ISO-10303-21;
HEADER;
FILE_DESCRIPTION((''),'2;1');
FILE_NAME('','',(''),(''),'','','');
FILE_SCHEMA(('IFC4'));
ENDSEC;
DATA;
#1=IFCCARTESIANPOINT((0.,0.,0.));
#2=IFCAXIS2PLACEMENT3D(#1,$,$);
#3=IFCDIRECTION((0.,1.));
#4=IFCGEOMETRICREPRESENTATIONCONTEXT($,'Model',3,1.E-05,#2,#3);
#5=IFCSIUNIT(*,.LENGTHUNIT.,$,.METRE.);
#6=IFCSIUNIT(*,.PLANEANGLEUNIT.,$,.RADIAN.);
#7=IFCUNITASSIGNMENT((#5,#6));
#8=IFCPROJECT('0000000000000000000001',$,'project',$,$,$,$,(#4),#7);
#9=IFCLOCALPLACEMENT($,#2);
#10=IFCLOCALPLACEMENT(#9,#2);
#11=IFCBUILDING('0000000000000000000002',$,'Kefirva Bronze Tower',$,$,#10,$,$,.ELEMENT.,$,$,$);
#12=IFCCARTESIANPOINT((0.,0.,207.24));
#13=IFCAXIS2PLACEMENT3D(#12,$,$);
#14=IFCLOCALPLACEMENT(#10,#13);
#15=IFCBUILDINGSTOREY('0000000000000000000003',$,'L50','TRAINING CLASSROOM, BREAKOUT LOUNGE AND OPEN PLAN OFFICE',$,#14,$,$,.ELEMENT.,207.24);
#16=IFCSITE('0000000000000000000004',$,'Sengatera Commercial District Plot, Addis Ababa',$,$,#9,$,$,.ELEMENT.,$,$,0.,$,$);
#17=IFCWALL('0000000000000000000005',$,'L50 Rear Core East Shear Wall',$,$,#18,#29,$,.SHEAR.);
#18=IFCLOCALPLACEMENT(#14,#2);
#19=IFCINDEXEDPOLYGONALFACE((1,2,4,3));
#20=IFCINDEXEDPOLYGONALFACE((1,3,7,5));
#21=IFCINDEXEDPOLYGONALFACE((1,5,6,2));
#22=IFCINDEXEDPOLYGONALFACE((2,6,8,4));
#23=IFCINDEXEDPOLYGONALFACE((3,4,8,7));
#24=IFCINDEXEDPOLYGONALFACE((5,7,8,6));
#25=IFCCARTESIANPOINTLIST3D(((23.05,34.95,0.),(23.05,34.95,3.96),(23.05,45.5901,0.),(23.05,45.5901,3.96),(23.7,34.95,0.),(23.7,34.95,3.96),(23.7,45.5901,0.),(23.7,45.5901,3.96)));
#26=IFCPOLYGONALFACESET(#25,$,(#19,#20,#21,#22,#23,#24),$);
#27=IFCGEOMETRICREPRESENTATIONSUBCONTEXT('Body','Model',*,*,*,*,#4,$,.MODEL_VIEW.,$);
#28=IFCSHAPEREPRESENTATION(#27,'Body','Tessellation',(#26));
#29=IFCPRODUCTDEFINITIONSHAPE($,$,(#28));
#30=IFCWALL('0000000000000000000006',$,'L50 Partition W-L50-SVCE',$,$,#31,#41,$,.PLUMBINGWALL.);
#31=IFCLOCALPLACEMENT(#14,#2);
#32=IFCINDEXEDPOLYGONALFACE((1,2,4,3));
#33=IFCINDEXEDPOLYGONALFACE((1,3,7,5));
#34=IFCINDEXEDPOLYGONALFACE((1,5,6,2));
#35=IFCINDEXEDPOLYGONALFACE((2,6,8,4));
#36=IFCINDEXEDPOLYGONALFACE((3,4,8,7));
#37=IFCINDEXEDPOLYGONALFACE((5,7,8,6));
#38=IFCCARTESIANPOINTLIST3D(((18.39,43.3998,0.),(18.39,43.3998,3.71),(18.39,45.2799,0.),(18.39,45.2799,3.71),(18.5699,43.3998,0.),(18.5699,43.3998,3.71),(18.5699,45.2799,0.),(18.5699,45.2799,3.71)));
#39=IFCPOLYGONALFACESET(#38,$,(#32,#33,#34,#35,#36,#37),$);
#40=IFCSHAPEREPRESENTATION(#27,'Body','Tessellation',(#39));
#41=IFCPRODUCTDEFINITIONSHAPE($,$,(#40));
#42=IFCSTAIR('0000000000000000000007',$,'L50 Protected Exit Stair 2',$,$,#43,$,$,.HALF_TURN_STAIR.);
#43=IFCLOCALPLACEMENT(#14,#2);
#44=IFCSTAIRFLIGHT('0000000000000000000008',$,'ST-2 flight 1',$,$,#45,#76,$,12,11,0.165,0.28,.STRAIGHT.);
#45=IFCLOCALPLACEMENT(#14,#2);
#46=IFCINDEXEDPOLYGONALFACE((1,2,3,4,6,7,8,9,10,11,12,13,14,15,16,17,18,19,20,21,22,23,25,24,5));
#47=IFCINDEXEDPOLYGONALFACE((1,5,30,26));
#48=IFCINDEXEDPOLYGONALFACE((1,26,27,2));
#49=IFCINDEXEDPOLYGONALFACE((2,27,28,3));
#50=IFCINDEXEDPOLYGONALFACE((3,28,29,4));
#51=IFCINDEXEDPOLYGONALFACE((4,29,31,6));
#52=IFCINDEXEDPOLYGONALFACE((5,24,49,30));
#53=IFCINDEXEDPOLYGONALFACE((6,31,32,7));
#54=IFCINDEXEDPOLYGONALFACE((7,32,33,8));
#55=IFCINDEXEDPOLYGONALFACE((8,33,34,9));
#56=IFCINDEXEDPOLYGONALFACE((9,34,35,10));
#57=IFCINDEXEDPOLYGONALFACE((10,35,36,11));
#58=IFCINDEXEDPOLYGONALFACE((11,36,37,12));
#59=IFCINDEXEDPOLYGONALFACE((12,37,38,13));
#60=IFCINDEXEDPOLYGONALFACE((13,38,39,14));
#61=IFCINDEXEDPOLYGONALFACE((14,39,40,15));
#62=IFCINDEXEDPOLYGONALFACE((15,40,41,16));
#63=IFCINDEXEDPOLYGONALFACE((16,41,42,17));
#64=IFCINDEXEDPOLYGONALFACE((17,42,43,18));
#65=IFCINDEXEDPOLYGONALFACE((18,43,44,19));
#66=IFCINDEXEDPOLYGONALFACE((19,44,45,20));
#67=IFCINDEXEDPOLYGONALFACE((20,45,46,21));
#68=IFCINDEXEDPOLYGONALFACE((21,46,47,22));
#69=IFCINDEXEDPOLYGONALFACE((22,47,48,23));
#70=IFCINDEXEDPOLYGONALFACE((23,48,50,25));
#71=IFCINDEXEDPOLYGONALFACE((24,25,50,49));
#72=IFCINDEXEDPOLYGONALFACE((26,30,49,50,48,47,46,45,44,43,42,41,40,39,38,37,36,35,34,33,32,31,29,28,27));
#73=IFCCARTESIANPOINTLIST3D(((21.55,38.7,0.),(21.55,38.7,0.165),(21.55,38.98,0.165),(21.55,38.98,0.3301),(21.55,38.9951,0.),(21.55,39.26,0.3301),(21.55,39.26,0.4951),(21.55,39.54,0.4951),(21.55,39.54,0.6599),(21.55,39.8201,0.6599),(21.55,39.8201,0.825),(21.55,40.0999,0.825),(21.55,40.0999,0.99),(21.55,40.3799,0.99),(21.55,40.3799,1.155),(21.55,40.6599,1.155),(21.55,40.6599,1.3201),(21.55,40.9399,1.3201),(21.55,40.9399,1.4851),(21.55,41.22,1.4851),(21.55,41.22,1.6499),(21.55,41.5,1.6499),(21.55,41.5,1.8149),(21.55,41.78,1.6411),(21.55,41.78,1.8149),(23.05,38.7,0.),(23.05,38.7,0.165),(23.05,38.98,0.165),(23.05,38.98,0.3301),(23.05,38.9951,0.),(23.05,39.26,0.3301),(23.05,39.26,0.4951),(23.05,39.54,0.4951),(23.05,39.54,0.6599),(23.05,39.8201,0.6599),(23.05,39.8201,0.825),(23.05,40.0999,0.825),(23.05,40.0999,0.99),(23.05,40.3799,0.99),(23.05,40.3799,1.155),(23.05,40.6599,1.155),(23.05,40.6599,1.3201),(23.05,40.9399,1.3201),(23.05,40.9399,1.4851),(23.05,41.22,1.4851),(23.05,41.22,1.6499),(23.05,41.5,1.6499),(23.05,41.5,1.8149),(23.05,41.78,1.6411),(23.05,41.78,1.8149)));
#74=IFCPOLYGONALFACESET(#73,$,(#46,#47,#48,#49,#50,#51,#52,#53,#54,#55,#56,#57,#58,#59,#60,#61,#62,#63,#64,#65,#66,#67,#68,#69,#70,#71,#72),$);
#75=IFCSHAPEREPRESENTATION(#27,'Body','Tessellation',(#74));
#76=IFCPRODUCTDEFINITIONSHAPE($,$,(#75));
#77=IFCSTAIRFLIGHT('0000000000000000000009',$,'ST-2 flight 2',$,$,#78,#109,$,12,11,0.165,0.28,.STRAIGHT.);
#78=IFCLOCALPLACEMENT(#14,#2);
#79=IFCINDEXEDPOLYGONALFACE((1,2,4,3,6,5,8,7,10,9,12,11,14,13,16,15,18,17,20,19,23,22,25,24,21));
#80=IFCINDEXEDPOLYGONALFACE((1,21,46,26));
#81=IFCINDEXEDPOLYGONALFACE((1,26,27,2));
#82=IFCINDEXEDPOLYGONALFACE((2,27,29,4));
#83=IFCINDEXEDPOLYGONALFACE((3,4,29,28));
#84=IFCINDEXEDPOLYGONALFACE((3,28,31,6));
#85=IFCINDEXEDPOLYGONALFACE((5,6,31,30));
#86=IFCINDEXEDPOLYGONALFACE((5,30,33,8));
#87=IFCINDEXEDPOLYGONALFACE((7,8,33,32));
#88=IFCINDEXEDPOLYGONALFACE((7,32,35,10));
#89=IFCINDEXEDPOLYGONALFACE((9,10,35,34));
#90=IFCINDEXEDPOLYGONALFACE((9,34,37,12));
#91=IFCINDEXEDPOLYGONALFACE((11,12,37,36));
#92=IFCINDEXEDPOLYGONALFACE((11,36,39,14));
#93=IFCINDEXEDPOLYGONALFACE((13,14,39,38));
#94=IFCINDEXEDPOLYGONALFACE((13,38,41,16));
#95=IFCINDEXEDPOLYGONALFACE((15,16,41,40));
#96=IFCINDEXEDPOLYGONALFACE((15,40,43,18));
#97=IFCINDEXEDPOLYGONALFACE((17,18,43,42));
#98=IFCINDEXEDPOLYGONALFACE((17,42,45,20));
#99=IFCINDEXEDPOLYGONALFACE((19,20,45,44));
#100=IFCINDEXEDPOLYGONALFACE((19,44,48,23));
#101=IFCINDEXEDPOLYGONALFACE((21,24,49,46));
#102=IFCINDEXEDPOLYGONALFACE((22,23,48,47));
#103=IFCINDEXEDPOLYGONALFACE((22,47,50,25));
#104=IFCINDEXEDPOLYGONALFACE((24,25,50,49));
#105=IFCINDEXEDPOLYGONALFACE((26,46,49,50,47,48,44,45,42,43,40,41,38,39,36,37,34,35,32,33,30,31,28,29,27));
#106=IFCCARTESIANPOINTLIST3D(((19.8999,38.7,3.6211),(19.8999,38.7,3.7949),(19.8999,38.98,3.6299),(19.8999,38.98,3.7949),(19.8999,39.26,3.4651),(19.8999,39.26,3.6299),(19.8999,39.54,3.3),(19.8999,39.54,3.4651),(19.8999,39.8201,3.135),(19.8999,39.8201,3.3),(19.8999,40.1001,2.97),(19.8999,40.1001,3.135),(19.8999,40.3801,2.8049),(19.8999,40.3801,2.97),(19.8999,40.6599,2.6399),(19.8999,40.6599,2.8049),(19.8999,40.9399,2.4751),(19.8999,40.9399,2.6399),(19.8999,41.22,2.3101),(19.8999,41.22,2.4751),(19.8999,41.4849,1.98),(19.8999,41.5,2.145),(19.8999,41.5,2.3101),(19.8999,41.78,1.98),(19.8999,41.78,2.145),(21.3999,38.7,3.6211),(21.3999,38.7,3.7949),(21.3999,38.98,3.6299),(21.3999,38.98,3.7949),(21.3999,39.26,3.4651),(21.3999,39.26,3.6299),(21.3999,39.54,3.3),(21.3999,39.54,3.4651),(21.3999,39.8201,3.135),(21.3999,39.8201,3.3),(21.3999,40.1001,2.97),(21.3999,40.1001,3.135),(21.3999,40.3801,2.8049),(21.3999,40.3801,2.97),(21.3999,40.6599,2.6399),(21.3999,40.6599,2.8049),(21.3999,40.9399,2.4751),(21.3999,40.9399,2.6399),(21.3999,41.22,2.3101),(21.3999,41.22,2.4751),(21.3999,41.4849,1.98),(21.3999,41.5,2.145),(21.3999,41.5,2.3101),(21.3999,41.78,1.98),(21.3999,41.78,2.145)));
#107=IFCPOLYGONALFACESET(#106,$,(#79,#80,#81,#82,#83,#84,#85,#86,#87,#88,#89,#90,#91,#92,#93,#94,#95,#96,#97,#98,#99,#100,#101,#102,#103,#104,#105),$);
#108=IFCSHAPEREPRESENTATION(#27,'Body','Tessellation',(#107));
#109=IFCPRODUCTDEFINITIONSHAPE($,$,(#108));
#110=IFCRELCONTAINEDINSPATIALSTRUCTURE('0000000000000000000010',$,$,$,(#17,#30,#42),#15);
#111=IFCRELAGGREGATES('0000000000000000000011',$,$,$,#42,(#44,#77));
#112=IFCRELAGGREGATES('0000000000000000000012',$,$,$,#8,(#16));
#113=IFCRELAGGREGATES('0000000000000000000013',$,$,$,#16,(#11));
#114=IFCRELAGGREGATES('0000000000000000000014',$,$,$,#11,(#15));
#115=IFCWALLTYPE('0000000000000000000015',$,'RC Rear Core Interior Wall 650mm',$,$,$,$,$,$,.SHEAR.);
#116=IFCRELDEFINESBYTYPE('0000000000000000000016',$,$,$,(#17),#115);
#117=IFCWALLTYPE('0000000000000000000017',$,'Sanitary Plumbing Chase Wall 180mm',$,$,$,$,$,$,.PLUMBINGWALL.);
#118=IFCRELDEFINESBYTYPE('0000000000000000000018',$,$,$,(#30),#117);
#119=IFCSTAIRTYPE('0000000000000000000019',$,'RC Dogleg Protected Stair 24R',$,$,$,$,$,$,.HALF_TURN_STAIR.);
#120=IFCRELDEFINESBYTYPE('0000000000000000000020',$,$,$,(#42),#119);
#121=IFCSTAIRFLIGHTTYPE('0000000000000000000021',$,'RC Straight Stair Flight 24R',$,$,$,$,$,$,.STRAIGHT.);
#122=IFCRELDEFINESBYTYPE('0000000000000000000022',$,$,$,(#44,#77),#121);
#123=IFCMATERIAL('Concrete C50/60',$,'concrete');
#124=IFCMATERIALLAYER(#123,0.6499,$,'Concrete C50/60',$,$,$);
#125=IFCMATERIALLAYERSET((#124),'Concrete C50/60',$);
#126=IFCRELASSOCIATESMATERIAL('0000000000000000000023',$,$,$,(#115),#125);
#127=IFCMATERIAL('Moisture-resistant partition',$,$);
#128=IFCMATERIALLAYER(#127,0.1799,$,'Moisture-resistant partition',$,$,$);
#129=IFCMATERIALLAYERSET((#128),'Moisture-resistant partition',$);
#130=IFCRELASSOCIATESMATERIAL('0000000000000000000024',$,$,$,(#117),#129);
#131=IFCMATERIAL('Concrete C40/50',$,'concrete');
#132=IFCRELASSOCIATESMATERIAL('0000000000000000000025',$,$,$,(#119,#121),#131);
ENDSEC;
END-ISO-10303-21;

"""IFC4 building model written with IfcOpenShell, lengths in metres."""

from ifc_helpers import new_model, si_unit, direction, frame, frame_2d, origin, place, context, subcontext, project, spatial, polyline, rectangle, outline, extrude, material, layer, layer_set, type_object, element, aggregate, save


model = new_model("IFC4")

# Units and contexts
model_context = context("Model", 3, precision=1e-05, world=origin(), true_north=direction((0.0, 1.0)))
body_context = subcontext(model_context, "Body", "Model", "MODEL_VIEW")
ifc_project = project(units=[si_unit("LENGTHUNIT", "METRE"), si_unit("PLANEANGLEUNIT", "RADIAN")], contexts=[model_context])

# Site, building, storey
site_placement = place(None, origin())
site = spatial("IfcSite", under=ifc_project, at=site_placement, Name="Sengatera Commercial District Plot, Addis Ababa", CompositionType="ELEMENT", RefElevation=0.0)
building_placement = place(site_placement, origin())
building = spatial("IfcBuilding", under=site, at=building_placement, Name="Kefirva Bronze Tower", CompositionType="ELEMENT")
storey_placement = place(building_placement, frame((0.0, 0.0, 207.24)))
storey = spatial("IfcBuildingStorey", under=building, at=storey_placement, Name="L50", Description="TRAINING CLASSROOM, BREAKOUT LOUNGE AND OPEN PLAN OFFICE", CompositionType="ELEMENT", Elevation=207.24)

# Shared definitions
ifc_material_1 = material(Name="Concrete C50/60", Category="concrete")

# Walls
ifc_layer_1 = layer(ifc_material_1, 0.6499, Name="Concrete C50/60")
ifc_layer_set_1 = layer_set([ifc_layer_1], Name="Concrete C50/60")
wall_type_1 = type_object("IfcWallType", Name="RC Rear Core Interior Wall 650mm", PredefinedType="SHEAR", material=ifc_layer_set_1)
wall_1_placement = place(storey_placement, frame((23.375, 34.95, 0.0), z_axis=(0.0, 0.0, 1.0), x_axis=(0.0, 1.0, 0.0)))
element("IfcWall", 1, at=wall_1_placement, inside=storey, type_object=wall_type_1, Name="L50 Rear Core East Shear Wall", PredefinedType="SHEAR", context=body_context, shape_type="SweptSolid", body=[
    extrude(rectangle(XDim=10.6401, YDim=0.6499, at=frame_2d((5.3201, 0.0))), origin(), (0.0, 0.0, 1.0), 3.96),
])
ifc_material_2 = material(Name="Moisture-resistant partition")
ifc_layer_2 = layer(ifc_material_2, 0.1799, Name="Moisture-resistant partition")
ifc_layer_set_2 = layer_set([ifc_layer_2], Name="Moisture-resistant partition")
wall_type_2 = type_object("IfcWallType", Name="Sanitary Plumbing Chase Wall 180mm", PredefinedType="PLUMBINGWALL", material=ifc_layer_set_2)
wall_2_placement = place(storey_placement, frame((18.48, 43.3999, 0.0), z_axis=(0.0, 0.0, 1.0), x_axis=(0.0, 1.0, 0.0)))
element("IfcWall", 2, at=wall_2_placement, inside=storey, type_object=wall_type_2, Name="L50 Partition W-L50-SVCE", PredefinedType="PLUMBINGWALL", context=body_context, shape_type="SweptSolid", body=[
    extrude(rectangle(XDim=1.8801, YDim=0.1799, at=frame_2d((0.9399, 0.0))), origin(), (0.0, 0.0, 1.0), 3.71),
])

# Stair, stair flights
ifc_material_3 = material(Name="Concrete C40/50", Category="concrete")
stair_type = type_object("IfcStairType", Name="RC Dogleg Protected Stair 24R", PredefinedType="HALF_TURN_STAIR", material=ifc_material_3)
stair_placement = place(storey_placement, origin())
stair = element("IfcStair", 3, at=stair_placement, inside=storey, type_object=stair_type, Name="L50 Protected Exit Stair 2", PredefinedType="HALF_TURN_STAIR")
stair_flight_type = type_object("IfcStairFlightType", Name="RC Straight Stair Flight 24R", PredefinedType="STRAIGHT", material=ifc_material_3)
stair_flight_1_placement = place(storey_placement, frame((22.3, 38.7, 0.0), z_axis=(0.0, 0.0, 1.0), x_axis=(0.0, 1.0, 0.0)))
stair_flight_1 = element("IfcStairFlight", 4, at=stair_flight_1_placement, type_object=stair_flight_type, Name="ST-2 flight 1", NumberOfRisers=12, NumberOfTreads=11, PredefinedType="STRAIGHT", RiserHeight=0.165, TreadLength=0.28, context=body_context, shape_type="SweptSolid", body=[
    extrude(outline(polyline([(0.0, 0.0), (0.0, 0.165), (0.28, 0.165), (0.28, 0.3301), (0.5601, 0.3301), (0.5601, 0.4951), (0.8401, 0.4951), (0.8401, 0.6599), (1.1201, 0.6599), (1.1201, 0.825), (1.3999, 0.825), (1.3999, 0.99), (1.6799, 0.99), (1.6799, 1.155), (1.96, 1.155), (1.96, 1.3201), (2.24, 1.3201), (2.24, 1.4851), (2.52, 1.4851), (2.52, 1.6499), (2.8, 1.6499), (2.8, 1.8149), (3.0801, 1.8149), (3.0801, 1.98), (3.0801, 1.6411), (0.2952, 0.0), (0.0, 0.0)])), frame((0.0, 0.75, 0.0), z_axis=(0.0, -1.0, 0.0), x_axis=(1.0, 0.0, 0.0)), (0.0, 0.0, 1.0), 1.5),
])
stair_flight_2_placement = place(storey_placement, frame((20.6499, 41.78, 1.98), z_axis=(0.0, 0.0, 1.0), x_axis=(0.0, -1.0, 0.0)))
stair_flight_2 = element("IfcStairFlight", 5, at=stair_flight_2_placement, type_object=stair_flight_type, Name="ST-2 flight 2", NumberOfRisers=12, NumberOfTreads=11, PredefinedType="STRAIGHT", RiserHeight=0.165, TreadLength=0.28, context=body_context, shape_type="SweptSolid", body=[
    extrude(outline(polyline([(0.0, 0.0), (0.0, 0.165), (0.28, 0.165), (0.28, 0.3301), (0.5601, 0.3301), (0.5601, 0.4951), (0.8401, 0.4951), (0.8401, 0.6599), (1.1201, 0.6599), (1.1201, 0.825), (1.3999, 0.825), (1.3999, 0.99), (1.6799, 0.99), (1.6799, 1.155), (1.96, 1.155), (1.96, 1.3201), (2.24, 1.3201), (2.24, 1.4851), (2.52, 1.4851), (2.52, 1.6499), (2.8, 1.6499), (2.8, 1.8149), (3.0801, 1.8149), (3.0801, 1.98), (3.0801, 1.6411), (0.2952, 0.0), (0.0, 0.0)])), frame((0.0, 0.75, 0.0), z_axis=(0.0, -1.0, 0.0), x_axis=(1.0, 0.0, 0.0)), (0.0, 0.0, 1.0), 1.5),
])
aggregate(stair, [stair_flight_1, stair_flight_2])

save(model, "model.ifc")
